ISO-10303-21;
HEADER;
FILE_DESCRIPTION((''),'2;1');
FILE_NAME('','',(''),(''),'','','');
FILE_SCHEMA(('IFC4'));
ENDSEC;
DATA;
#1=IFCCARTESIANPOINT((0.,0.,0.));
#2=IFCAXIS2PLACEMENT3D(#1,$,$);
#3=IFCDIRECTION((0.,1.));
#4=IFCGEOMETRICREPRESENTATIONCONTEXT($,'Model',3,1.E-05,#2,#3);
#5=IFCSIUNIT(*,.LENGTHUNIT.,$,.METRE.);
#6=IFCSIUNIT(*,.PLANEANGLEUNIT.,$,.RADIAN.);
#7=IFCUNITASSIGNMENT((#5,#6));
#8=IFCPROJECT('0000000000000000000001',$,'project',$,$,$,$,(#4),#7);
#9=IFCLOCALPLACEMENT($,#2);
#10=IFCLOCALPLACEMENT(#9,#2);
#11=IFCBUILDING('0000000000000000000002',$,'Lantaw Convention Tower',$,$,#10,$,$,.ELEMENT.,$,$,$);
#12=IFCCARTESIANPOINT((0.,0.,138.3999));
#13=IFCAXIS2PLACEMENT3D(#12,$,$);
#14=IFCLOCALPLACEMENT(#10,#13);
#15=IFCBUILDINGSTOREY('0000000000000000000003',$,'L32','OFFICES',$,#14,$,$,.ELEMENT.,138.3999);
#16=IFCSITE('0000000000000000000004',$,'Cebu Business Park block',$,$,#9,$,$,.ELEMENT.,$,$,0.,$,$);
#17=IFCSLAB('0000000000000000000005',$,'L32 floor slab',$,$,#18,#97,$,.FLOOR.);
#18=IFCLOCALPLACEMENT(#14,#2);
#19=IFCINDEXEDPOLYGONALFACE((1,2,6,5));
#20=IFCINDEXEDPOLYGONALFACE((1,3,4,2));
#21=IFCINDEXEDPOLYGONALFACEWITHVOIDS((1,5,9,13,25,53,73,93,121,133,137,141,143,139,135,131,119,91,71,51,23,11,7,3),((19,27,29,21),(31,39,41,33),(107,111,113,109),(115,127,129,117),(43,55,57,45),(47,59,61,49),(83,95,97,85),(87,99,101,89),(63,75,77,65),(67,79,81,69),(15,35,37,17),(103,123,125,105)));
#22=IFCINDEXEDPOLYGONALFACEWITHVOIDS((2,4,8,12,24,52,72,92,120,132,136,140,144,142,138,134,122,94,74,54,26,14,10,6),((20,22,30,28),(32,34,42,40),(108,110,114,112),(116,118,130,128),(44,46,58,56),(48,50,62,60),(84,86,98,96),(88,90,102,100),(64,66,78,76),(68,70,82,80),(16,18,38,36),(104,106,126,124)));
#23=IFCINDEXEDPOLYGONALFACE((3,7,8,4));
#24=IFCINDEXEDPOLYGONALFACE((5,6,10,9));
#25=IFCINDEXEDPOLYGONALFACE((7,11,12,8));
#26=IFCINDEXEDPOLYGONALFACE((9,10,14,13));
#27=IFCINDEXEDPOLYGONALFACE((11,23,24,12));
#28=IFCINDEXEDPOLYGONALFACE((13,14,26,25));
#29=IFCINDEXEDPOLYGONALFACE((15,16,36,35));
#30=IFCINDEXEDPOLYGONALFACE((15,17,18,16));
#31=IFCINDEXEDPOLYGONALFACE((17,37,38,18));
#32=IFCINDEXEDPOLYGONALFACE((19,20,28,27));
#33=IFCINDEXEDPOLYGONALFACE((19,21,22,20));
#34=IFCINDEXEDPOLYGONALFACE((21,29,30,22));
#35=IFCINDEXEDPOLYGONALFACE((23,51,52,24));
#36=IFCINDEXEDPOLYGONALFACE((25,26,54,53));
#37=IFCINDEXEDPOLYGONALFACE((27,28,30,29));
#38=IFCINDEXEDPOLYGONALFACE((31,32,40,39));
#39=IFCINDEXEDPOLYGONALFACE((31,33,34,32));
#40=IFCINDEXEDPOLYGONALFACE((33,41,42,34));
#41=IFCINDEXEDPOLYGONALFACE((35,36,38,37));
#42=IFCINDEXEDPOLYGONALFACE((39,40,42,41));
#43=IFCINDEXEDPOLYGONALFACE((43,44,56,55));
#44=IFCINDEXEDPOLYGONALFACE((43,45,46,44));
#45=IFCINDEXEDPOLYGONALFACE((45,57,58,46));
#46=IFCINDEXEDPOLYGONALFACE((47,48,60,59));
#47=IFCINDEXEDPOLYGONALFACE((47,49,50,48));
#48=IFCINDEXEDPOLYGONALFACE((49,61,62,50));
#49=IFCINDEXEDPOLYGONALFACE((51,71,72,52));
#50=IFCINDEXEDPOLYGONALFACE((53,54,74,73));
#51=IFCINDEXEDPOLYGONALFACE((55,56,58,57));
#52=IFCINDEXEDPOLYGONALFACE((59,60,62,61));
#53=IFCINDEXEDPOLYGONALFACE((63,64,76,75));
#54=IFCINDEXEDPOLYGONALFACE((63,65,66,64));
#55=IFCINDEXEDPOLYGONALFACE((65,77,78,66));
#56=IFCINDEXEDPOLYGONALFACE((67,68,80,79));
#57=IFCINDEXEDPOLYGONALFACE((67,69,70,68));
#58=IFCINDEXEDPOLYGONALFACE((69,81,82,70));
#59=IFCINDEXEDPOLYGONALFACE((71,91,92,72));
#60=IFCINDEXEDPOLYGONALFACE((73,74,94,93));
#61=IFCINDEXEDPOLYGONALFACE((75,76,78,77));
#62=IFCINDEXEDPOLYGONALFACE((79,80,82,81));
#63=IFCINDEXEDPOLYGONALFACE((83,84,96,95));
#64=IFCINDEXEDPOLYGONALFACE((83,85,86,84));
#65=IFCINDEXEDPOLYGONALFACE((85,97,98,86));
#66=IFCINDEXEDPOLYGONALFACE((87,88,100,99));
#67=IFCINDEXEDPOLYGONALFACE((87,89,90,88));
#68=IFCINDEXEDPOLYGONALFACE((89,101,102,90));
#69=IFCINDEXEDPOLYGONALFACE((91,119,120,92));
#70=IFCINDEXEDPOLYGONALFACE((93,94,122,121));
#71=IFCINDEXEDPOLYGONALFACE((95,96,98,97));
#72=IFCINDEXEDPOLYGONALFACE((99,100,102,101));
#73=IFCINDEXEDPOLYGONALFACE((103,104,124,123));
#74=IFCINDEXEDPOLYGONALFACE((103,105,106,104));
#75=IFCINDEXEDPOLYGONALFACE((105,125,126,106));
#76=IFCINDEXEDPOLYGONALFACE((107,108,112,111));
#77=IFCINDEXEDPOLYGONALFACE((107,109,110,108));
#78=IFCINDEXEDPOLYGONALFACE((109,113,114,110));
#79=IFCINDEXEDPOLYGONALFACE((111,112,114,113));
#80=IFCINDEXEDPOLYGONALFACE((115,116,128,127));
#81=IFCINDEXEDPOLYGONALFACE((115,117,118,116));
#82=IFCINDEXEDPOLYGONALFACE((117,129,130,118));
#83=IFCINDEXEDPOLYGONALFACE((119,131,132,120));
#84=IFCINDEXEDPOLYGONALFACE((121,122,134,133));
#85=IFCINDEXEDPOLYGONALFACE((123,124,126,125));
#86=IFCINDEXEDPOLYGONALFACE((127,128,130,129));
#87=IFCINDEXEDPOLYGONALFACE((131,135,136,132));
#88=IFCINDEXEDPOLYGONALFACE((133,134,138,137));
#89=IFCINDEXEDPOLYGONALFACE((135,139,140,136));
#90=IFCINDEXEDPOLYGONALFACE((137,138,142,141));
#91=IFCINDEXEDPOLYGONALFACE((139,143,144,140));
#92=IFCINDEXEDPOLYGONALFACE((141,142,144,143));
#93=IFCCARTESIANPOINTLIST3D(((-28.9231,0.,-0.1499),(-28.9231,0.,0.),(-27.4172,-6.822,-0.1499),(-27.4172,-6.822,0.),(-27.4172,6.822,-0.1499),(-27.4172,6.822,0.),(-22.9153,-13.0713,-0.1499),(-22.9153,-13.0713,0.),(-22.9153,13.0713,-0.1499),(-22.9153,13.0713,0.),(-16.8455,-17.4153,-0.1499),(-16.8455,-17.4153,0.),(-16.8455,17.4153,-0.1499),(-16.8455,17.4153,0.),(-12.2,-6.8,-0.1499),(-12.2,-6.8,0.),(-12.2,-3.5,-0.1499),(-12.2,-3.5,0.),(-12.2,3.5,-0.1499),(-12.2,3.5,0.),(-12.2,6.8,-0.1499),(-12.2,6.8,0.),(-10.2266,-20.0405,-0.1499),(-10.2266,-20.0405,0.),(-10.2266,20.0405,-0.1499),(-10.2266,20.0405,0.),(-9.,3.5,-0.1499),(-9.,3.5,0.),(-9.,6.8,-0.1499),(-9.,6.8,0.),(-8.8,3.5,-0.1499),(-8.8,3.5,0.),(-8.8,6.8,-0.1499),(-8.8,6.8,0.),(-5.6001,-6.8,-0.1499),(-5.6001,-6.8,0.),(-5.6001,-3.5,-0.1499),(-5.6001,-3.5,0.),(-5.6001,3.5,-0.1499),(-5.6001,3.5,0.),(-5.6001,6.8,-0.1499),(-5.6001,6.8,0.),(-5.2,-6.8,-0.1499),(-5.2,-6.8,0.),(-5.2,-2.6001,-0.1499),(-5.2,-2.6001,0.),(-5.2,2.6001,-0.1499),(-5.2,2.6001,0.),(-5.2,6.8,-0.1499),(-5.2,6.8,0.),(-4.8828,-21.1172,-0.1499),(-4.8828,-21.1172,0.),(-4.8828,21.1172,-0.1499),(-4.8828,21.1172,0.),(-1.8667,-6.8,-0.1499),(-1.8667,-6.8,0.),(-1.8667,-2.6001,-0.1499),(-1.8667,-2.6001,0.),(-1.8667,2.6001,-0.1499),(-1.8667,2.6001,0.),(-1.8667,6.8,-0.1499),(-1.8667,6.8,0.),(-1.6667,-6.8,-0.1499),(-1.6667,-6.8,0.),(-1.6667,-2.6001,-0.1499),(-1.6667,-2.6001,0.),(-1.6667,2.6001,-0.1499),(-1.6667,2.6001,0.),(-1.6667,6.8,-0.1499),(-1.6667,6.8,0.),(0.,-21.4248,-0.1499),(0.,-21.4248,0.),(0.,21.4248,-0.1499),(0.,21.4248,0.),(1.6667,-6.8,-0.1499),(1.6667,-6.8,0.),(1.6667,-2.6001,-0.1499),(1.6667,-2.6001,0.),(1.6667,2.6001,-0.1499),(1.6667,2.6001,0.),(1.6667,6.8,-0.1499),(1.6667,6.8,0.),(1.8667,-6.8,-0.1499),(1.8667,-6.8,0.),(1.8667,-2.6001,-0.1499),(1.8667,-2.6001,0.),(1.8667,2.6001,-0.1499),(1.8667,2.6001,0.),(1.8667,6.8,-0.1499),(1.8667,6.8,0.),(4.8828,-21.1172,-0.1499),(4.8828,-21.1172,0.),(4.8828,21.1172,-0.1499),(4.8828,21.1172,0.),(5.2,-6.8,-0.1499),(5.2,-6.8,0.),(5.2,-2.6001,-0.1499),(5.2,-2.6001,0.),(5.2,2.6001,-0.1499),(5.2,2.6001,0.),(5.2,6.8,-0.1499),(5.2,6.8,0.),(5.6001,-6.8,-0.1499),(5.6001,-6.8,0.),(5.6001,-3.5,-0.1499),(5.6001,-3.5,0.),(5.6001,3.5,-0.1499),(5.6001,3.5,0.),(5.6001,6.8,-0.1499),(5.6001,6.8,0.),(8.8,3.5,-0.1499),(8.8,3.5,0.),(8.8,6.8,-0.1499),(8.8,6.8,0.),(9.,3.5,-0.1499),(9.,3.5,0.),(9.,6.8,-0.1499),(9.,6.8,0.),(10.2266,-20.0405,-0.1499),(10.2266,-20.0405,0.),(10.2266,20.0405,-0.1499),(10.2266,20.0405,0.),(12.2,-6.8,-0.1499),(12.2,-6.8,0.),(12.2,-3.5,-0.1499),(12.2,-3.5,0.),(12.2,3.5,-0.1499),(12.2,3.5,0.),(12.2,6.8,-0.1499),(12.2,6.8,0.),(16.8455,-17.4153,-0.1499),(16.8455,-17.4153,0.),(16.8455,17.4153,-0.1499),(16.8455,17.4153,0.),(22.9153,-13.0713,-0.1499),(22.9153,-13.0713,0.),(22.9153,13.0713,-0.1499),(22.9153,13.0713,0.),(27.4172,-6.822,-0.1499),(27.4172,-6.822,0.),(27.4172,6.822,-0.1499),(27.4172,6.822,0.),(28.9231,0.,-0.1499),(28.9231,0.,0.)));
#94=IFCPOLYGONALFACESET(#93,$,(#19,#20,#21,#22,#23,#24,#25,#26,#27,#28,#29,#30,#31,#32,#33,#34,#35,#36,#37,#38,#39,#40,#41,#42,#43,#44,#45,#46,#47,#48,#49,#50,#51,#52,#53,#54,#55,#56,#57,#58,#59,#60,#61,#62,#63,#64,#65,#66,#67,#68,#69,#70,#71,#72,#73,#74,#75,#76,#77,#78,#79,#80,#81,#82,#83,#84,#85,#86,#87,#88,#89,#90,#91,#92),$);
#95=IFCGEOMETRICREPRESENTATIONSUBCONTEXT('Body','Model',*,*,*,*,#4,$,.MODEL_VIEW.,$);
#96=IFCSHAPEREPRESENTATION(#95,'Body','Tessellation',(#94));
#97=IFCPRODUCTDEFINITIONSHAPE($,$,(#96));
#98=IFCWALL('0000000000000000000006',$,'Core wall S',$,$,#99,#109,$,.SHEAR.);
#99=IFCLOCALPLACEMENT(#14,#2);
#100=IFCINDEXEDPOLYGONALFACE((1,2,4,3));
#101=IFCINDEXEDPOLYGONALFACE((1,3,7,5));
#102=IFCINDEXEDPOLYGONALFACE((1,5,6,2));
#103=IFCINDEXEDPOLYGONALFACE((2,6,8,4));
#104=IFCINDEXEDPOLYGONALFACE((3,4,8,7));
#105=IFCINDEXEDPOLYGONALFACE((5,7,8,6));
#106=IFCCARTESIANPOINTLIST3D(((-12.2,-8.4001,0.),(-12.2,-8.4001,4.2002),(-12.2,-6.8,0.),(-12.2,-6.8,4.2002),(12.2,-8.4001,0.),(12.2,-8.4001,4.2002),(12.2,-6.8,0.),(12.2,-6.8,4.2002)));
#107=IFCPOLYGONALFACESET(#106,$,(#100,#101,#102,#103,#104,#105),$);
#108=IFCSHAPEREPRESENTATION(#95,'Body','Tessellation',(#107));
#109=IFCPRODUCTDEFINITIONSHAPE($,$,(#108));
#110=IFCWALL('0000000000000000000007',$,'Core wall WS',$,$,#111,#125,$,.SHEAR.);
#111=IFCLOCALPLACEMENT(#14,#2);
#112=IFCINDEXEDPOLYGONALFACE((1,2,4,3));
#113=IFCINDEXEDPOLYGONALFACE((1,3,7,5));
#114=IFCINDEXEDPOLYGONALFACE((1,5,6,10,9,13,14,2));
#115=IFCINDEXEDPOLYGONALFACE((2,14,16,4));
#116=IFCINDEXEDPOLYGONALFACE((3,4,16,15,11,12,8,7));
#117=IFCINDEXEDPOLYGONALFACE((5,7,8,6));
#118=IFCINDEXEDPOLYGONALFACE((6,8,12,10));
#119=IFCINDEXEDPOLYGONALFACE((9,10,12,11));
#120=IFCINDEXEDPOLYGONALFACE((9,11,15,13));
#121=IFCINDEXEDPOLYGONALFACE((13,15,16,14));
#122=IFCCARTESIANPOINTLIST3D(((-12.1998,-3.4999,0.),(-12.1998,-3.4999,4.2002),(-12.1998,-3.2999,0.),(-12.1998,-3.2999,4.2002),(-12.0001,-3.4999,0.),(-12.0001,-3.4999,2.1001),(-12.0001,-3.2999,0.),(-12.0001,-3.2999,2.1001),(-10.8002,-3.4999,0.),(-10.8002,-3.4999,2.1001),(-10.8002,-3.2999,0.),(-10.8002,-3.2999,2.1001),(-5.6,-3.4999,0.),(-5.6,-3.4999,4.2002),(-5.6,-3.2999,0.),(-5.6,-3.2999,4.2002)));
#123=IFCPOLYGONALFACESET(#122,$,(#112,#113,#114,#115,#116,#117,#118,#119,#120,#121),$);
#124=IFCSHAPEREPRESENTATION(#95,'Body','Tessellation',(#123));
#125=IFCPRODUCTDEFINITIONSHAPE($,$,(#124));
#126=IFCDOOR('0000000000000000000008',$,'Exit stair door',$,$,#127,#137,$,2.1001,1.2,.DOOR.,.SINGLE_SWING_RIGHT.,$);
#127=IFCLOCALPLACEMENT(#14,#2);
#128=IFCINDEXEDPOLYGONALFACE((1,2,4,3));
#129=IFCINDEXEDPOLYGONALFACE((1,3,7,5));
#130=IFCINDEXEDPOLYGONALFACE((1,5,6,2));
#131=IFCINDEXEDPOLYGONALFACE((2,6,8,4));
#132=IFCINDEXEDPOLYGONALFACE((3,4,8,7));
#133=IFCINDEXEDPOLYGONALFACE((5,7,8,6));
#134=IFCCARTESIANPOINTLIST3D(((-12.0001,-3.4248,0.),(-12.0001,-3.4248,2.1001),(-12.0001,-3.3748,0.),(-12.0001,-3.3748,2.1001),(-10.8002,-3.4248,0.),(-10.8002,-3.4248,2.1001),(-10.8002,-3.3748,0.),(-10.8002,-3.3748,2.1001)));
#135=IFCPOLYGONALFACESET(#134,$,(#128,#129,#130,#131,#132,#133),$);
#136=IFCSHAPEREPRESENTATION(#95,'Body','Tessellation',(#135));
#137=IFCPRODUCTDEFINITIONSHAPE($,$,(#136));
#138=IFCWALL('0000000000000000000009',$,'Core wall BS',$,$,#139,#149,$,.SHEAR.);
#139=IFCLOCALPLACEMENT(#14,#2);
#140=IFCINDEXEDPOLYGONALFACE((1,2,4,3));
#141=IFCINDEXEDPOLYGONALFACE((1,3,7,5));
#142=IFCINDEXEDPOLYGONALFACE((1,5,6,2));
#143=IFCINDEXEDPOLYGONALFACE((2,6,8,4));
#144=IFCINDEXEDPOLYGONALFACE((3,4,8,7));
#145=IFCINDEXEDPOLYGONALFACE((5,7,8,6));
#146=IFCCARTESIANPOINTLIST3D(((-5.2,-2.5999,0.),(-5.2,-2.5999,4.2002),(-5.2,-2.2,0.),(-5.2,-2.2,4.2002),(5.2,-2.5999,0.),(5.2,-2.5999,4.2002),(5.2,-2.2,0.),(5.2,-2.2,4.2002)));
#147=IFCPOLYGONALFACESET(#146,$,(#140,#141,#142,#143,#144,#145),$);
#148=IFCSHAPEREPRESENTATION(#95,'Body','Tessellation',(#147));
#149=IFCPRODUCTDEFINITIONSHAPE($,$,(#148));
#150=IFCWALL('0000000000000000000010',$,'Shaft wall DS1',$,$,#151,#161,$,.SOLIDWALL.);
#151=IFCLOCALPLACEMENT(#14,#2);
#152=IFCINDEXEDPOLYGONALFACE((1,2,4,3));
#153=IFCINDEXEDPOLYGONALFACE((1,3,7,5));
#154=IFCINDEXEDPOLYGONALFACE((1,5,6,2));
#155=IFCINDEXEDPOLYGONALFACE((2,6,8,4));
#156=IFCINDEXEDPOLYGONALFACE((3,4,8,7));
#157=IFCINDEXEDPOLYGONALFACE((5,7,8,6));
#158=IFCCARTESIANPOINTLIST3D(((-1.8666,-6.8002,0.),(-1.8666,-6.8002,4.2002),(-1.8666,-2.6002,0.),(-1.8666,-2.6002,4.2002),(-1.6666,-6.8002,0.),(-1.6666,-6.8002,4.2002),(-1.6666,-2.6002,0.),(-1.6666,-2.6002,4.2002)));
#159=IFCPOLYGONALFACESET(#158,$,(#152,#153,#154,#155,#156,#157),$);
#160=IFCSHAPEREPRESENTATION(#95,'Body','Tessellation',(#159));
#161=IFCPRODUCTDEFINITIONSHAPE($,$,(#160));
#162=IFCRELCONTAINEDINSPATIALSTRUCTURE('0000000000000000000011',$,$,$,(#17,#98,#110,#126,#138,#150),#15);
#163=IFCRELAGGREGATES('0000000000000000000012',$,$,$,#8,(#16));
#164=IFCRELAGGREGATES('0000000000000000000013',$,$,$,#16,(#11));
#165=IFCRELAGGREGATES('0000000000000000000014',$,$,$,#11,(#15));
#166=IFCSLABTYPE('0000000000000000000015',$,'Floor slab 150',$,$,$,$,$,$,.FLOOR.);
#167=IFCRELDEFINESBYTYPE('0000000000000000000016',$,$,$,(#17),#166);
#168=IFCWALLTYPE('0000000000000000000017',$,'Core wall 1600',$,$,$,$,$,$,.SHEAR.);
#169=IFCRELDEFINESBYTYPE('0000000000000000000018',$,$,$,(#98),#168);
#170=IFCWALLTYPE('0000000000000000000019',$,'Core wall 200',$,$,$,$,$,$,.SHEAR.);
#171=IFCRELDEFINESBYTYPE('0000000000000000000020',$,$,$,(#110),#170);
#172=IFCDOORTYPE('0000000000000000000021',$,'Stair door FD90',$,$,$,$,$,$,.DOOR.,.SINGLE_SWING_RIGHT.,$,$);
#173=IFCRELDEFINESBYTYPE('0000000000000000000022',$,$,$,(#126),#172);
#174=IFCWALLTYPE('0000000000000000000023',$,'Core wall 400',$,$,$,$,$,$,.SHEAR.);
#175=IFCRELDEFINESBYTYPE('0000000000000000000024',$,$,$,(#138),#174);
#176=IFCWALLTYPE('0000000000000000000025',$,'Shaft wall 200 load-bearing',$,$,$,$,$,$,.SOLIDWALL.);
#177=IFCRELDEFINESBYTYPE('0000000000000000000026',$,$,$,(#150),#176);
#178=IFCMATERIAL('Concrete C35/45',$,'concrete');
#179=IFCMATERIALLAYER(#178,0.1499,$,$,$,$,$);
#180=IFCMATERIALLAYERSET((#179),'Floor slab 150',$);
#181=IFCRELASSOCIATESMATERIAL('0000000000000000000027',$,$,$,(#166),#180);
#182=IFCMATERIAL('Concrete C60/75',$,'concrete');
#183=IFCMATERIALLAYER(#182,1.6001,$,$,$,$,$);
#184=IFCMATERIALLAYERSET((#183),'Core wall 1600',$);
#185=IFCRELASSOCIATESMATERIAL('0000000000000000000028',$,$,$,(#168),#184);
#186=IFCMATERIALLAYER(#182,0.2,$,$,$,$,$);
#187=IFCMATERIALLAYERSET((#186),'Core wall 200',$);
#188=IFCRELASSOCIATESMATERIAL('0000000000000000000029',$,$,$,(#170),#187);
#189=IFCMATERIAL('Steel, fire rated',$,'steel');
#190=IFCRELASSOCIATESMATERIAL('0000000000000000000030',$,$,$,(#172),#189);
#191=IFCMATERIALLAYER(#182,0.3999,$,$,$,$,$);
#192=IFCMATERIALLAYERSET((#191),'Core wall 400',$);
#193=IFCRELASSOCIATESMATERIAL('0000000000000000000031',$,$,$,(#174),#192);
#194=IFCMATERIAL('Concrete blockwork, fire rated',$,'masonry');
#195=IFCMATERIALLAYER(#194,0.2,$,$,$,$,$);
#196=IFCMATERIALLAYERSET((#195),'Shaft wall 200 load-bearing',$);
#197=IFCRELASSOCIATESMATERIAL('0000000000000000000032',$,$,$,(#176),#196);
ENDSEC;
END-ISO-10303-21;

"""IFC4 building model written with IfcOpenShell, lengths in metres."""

from ifc_helpers import new_model, si_unit, direction, frame, frame_2d, origin, place, context, subcontext, project, spatial, polyline, rectangle, outline, extrude, material, layer, layer_set, type_object, element, fill, save


model = new_model("IFC4")

# Units and contexts
model_context = context("Model", 3, precision=1e-05, world=origin(), true_north=direction((0.0, 1.0)))
body_context = subcontext(model_context, "Body", "Model", "MODEL_VIEW")
ifc_project = project(units=[si_unit("LENGTHUNIT", "METRE"), si_unit("PLANEANGLEUNIT", "RADIAN")], contexts=[model_context])

# Site, building, storey
site_placement = place(None, origin())
site = spatial("IfcSite", under=ifc_project, at=site_placement, Name="Cebu Business Park block", CompositionType="ELEMENT", RefElevation=0.0)
building_placement = place(site_placement, origin())
building = spatial("IfcBuilding", under=site, at=building_placement, Name="Lantaw Convention Tower", CompositionType="ELEMENT")
storey_placement = place(building_placement, frame((0.0, 0.0, 138.3999)))
storey = spatial("IfcBuildingStorey", under=building, at=storey_placement, Name="L32", Description="OFFICES", CompositionType="ELEMENT", Elevation=138.3999)

# Slab
ifc_material_1 = material(Name="Concrete C35/45", Category="concrete")
ifc_layer_1 = layer(ifc_material_1, 0.1499)
ifc_layer_set_1 = layer_set([ifc_layer_1], Name="Floor slab 150")
slab_type = type_object("IfcSlabType", Name="Floor slab 150", PredefinedType="FLOOR", material=ifc_layer_set_1)
slab_placement = place(storey_placement, frame((0.0, 0.0, -0.1499)))
element("IfcSlab", 1, at=slab_placement, inside=storey, type_object=slab_type, Name="L32 floor slab", PredefinedType="FLOOR", context=body_context, shape_type="SweptSolid", body=[
    extrude(outline(polyline([(27.4172, -6.822), (28.9231, 0.0), (27.4172, 6.822), (22.9153, 13.0713), (16.8455, 17.4153), (10.2266, 20.0405), (4.8828, 21.1172), (0.0, 21.4248), (-4.8828, 21.1172), (-10.2266, 20.0405), (-16.8455, 17.4153), (-22.9153, 13.0713), (-27.4172, 6.822), (-28.9231, 0.0), (-27.4172, -6.822), (-22.9153, -13.0713), (-16.8455, -17.4153), (-10.2266, -20.0405), (-4.8828, -21.1172), (0.0, -21.4248), (4.8828, -21.1172), (10.2266, -20.0405), (16.8455, -17.4153), (22.9153, -13.0713), (27.4172, -6.822)]), holes=[polyline([(-5.6001, -3.5), (-12.2, -3.5), (-12.2, -6.8), (-5.6001, -6.8), (-5.6001, -3.5)]), polyline([(-1.8667, -6.8), (-1.8667, -2.6001), (-5.2, -2.6001), (-5.2, -6.8), (-1.8667, -6.8)]), polyline([(-1.8667, 2.6001), (-1.8667, 6.8), (-5.2, 6.8), (-5.2, 2.6001), (-1.8667, 2.6001)]), polyline([(1.6667, 6.8), (-1.6667, 6.8), (-1.6667, 2.6001), (1.6667, 2.6001), (1.6667, 6.8)]), polyline([(-9.0, 3.5), (-9.0, 6.8), (-12.2, 6.8), (-12.2, 3.5), (-9.0, 3.5)]), polyline([(-5.6001, 3.5), (-5.6001, 6.8), (-8.8, 6.8), (-8.8, 3.5), (-5.6001, 3.5)]), polyline([(12.2, -3.5), (5.6001, -3.5), (5.6001, -6.8), (12.2, -6.8), (12.2, -3.5)]), polyline([(1.6667, -6.8), (1.6667, -2.6001), (-1.6667, -2.6001), (-1.6667, -6.8), (1.6667, -6.8)]), polyline([(5.2, -6.8), (5.2, -2.6001), (1.8667, -2.6001), (1.8667, -6.8), (5.2, -6.8)]), polyline([(5.2, 6.8), (1.8667, 6.8), (1.8667, 2.6001), (5.2, 2.6001), (5.2, 6.8)]), polyline([(8.8, 3.5), (8.8, 6.8), (5.6001, 6.8), (5.6001, 3.5), (8.8, 3.5)]), polyline([(12.2, 3.5), (12.2, 6.8), (9.0, 6.8), (9.0, 3.5), (12.2, 3.5)])]), origin(), (0.0, 0.0, 1.0), 0.1499),
])

# Wall
ifc_material_2 = material(Name="Concrete C60/75", Category="concrete")
ifc_layer_2 = layer(ifc_material_2, 1.6001)
ifc_layer_set_2 = layer_set([ifc_layer_2], Name="Core wall 1600")
wall_type_1 = type_object("IfcWallType", Name="Core wall 1600", PredefinedType="SHEAR", material=ifc_layer_set_2)
wall_1_placement = place(storey_placement, frame((-12.2, -7.6001, 0.0), z_axis=(0.0, 0.0, 1.0), x_axis=(1.0, 0.0, 0.0)))
element("IfcWall", 2, at=wall_1_placement, inside=storey, type_object=wall_type_1, Name="Core wall S", PredefinedType="SHEAR", context=body_context, shape_type="SweptSolid", body=[
    extrude(rectangle(XDim=24.3999, YDim=1.6001, at=frame_2d((12.2, 0.0))), origin(), (0.0, 0.0, 1.0), 4.2002),
])

# Wall, opening, door
ifc_layer_3 = layer(ifc_material_2, 0.2)
ifc_layer_set_3 = layer_set([ifc_layer_3], Name="Core wall 200")
wall_type_2 = type_object("IfcWallType", Name="Core wall 200", PredefinedType="SHEAR", material=ifc_layer_set_3)
wall_2_placement = place(storey_placement, frame((-5.6001, -3.3999, 0.0), z_axis=(0.0, 0.0, 1.0), x_axis=(-1.0, 0.0, 0.0)))
wall_2 = element("IfcWall", 3, at=wall_2_placement, inside=storey, type_object=wall_type_2, Name="Core wall WS", PredefinedType="SHEAR", context=body_context, shape_type="SweptSolid", body=[
    extrude(rectangle(XDim=6.5999, YDim=0.2, at=frame_2d((3.2998, 0.0))), origin(), (0.0, 0.0, 1.0), 4.2002),
])
opening_placement = place(wall_2_placement, frame((5.2, 0.0, 0.0)))
opening = element("IfcOpeningElement", 4, at=opening_placement, cuts=wall_2, PredefinedType="OPENING", context=body_context, shape_type="SweptSolid", body=[
    extrude(rectangle(XDim=1.2, YDim=2.1001, at=frame_2d((0.6001, 1.05))), frame((0.0, 0.1099, 0.0), z_axis=(0.0, -1.0, 0.0), x_axis=(1.0, 0.0, 0.0)), (0.0, 0.0, 1.0), 0.22),
])
ifc_material_3 = material(Name="Steel, fire rated", Category="steel")
door_type = type_object("IfcDoorType", Name="Stair door FD90", OperationType="SINGLE_SWING_RIGHT", PredefinedType="DOOR", material=ifc_material_3)
door_placement = place(opening_placement, origin())
door = element("IfcDoor", 5, at=door_placement, inside=storey, type_object=door_type, Name="Exit stair door", OperationType="SINGLE_SWING_RIGHT", OverallHeight=2.1001, OverallWidth=1.2, PredefinedType="DOOR", context=body_context, shape_type="SweptSolid", body=[
    extrude(rectangle(XDim=1.2, YDim=2.1001, at=frame_2d((0.6001, 1.05))), frame((0.0, 0.0249, 0.0), z_axis=(0.0, -1.0, 0.0), x_axis=(1.0, 0.0, 0.0)), (0.0, 0.0, 1.0), 0.05),
])
fill(opening, door)

# Walls
ifc_layer_4 = layer(ifc_material_2, 0.3999)
ifc_layer_set_4 = layer_set([ifc_layer_4], Name="Core wall 400")
wall_type_3 = type_object("IfcWallType", Name="Core wall 400", PredefinedType="SHEAR", material=ifc_layer_set_4)
wall_3_placement = place(storey_placement, frame((-5.2, -2.3999, 0.0), z_axis=(0.0, 0.0, 1.0), x_axis=(1.0, 0.0, 0.0)))
element("IfcWall", 6, at=wall_3_placement, inside=storey, type_object=wall_type_3, Name="Core wall BS", PredefinedType="SHEAR", context=body_context, shape_type="SweptSolid", body=[
    extrude(rectangle(XDim=10.3999, YDim=0.3999, at=frame_2d((5.2, 0.0))), origin(), (0.0, 0.0, 1.0), 4.2002),
])
ifc_material_4 = material(Name="Concrete blockwork, fire rated", Category="masonry")
ifc_layer_5 = layer(ifc_material_4, 0.2)
ifc_layer_set_5 = layer_set([ifc_layer_5], Name="Shaft wall 200 load-bearing")
wall_type_4 = type_object("IfcWallType", Name="Shaft wall 200 load-bearing", PredefinedType="SOLIDWALL", material=ifc_layer_set_5)
wall_4_placement = place(storey_placement, frame((-1.7666, -2.6001, 0.0), z_axis=(0.0, 0.0, 1.0), x_axis=(0.0, -1.0, 0.0)))
element("IfcWall", 7, at=wall_4_placement, inside=storey, type_object=wall_type_4, Name="Shaft wall DS1", PredefinedType="SOLIDWALL", context=body_context, shape_type="SweptSolid", body=[
    extrude(rectangle(XDim=4.2, YDim=0.2, at=frame_2d((2.1001, 0.0))), origin(), (0.0, 0.0, 1.0), 4.2002),
])

save(model, "model.ifc")
